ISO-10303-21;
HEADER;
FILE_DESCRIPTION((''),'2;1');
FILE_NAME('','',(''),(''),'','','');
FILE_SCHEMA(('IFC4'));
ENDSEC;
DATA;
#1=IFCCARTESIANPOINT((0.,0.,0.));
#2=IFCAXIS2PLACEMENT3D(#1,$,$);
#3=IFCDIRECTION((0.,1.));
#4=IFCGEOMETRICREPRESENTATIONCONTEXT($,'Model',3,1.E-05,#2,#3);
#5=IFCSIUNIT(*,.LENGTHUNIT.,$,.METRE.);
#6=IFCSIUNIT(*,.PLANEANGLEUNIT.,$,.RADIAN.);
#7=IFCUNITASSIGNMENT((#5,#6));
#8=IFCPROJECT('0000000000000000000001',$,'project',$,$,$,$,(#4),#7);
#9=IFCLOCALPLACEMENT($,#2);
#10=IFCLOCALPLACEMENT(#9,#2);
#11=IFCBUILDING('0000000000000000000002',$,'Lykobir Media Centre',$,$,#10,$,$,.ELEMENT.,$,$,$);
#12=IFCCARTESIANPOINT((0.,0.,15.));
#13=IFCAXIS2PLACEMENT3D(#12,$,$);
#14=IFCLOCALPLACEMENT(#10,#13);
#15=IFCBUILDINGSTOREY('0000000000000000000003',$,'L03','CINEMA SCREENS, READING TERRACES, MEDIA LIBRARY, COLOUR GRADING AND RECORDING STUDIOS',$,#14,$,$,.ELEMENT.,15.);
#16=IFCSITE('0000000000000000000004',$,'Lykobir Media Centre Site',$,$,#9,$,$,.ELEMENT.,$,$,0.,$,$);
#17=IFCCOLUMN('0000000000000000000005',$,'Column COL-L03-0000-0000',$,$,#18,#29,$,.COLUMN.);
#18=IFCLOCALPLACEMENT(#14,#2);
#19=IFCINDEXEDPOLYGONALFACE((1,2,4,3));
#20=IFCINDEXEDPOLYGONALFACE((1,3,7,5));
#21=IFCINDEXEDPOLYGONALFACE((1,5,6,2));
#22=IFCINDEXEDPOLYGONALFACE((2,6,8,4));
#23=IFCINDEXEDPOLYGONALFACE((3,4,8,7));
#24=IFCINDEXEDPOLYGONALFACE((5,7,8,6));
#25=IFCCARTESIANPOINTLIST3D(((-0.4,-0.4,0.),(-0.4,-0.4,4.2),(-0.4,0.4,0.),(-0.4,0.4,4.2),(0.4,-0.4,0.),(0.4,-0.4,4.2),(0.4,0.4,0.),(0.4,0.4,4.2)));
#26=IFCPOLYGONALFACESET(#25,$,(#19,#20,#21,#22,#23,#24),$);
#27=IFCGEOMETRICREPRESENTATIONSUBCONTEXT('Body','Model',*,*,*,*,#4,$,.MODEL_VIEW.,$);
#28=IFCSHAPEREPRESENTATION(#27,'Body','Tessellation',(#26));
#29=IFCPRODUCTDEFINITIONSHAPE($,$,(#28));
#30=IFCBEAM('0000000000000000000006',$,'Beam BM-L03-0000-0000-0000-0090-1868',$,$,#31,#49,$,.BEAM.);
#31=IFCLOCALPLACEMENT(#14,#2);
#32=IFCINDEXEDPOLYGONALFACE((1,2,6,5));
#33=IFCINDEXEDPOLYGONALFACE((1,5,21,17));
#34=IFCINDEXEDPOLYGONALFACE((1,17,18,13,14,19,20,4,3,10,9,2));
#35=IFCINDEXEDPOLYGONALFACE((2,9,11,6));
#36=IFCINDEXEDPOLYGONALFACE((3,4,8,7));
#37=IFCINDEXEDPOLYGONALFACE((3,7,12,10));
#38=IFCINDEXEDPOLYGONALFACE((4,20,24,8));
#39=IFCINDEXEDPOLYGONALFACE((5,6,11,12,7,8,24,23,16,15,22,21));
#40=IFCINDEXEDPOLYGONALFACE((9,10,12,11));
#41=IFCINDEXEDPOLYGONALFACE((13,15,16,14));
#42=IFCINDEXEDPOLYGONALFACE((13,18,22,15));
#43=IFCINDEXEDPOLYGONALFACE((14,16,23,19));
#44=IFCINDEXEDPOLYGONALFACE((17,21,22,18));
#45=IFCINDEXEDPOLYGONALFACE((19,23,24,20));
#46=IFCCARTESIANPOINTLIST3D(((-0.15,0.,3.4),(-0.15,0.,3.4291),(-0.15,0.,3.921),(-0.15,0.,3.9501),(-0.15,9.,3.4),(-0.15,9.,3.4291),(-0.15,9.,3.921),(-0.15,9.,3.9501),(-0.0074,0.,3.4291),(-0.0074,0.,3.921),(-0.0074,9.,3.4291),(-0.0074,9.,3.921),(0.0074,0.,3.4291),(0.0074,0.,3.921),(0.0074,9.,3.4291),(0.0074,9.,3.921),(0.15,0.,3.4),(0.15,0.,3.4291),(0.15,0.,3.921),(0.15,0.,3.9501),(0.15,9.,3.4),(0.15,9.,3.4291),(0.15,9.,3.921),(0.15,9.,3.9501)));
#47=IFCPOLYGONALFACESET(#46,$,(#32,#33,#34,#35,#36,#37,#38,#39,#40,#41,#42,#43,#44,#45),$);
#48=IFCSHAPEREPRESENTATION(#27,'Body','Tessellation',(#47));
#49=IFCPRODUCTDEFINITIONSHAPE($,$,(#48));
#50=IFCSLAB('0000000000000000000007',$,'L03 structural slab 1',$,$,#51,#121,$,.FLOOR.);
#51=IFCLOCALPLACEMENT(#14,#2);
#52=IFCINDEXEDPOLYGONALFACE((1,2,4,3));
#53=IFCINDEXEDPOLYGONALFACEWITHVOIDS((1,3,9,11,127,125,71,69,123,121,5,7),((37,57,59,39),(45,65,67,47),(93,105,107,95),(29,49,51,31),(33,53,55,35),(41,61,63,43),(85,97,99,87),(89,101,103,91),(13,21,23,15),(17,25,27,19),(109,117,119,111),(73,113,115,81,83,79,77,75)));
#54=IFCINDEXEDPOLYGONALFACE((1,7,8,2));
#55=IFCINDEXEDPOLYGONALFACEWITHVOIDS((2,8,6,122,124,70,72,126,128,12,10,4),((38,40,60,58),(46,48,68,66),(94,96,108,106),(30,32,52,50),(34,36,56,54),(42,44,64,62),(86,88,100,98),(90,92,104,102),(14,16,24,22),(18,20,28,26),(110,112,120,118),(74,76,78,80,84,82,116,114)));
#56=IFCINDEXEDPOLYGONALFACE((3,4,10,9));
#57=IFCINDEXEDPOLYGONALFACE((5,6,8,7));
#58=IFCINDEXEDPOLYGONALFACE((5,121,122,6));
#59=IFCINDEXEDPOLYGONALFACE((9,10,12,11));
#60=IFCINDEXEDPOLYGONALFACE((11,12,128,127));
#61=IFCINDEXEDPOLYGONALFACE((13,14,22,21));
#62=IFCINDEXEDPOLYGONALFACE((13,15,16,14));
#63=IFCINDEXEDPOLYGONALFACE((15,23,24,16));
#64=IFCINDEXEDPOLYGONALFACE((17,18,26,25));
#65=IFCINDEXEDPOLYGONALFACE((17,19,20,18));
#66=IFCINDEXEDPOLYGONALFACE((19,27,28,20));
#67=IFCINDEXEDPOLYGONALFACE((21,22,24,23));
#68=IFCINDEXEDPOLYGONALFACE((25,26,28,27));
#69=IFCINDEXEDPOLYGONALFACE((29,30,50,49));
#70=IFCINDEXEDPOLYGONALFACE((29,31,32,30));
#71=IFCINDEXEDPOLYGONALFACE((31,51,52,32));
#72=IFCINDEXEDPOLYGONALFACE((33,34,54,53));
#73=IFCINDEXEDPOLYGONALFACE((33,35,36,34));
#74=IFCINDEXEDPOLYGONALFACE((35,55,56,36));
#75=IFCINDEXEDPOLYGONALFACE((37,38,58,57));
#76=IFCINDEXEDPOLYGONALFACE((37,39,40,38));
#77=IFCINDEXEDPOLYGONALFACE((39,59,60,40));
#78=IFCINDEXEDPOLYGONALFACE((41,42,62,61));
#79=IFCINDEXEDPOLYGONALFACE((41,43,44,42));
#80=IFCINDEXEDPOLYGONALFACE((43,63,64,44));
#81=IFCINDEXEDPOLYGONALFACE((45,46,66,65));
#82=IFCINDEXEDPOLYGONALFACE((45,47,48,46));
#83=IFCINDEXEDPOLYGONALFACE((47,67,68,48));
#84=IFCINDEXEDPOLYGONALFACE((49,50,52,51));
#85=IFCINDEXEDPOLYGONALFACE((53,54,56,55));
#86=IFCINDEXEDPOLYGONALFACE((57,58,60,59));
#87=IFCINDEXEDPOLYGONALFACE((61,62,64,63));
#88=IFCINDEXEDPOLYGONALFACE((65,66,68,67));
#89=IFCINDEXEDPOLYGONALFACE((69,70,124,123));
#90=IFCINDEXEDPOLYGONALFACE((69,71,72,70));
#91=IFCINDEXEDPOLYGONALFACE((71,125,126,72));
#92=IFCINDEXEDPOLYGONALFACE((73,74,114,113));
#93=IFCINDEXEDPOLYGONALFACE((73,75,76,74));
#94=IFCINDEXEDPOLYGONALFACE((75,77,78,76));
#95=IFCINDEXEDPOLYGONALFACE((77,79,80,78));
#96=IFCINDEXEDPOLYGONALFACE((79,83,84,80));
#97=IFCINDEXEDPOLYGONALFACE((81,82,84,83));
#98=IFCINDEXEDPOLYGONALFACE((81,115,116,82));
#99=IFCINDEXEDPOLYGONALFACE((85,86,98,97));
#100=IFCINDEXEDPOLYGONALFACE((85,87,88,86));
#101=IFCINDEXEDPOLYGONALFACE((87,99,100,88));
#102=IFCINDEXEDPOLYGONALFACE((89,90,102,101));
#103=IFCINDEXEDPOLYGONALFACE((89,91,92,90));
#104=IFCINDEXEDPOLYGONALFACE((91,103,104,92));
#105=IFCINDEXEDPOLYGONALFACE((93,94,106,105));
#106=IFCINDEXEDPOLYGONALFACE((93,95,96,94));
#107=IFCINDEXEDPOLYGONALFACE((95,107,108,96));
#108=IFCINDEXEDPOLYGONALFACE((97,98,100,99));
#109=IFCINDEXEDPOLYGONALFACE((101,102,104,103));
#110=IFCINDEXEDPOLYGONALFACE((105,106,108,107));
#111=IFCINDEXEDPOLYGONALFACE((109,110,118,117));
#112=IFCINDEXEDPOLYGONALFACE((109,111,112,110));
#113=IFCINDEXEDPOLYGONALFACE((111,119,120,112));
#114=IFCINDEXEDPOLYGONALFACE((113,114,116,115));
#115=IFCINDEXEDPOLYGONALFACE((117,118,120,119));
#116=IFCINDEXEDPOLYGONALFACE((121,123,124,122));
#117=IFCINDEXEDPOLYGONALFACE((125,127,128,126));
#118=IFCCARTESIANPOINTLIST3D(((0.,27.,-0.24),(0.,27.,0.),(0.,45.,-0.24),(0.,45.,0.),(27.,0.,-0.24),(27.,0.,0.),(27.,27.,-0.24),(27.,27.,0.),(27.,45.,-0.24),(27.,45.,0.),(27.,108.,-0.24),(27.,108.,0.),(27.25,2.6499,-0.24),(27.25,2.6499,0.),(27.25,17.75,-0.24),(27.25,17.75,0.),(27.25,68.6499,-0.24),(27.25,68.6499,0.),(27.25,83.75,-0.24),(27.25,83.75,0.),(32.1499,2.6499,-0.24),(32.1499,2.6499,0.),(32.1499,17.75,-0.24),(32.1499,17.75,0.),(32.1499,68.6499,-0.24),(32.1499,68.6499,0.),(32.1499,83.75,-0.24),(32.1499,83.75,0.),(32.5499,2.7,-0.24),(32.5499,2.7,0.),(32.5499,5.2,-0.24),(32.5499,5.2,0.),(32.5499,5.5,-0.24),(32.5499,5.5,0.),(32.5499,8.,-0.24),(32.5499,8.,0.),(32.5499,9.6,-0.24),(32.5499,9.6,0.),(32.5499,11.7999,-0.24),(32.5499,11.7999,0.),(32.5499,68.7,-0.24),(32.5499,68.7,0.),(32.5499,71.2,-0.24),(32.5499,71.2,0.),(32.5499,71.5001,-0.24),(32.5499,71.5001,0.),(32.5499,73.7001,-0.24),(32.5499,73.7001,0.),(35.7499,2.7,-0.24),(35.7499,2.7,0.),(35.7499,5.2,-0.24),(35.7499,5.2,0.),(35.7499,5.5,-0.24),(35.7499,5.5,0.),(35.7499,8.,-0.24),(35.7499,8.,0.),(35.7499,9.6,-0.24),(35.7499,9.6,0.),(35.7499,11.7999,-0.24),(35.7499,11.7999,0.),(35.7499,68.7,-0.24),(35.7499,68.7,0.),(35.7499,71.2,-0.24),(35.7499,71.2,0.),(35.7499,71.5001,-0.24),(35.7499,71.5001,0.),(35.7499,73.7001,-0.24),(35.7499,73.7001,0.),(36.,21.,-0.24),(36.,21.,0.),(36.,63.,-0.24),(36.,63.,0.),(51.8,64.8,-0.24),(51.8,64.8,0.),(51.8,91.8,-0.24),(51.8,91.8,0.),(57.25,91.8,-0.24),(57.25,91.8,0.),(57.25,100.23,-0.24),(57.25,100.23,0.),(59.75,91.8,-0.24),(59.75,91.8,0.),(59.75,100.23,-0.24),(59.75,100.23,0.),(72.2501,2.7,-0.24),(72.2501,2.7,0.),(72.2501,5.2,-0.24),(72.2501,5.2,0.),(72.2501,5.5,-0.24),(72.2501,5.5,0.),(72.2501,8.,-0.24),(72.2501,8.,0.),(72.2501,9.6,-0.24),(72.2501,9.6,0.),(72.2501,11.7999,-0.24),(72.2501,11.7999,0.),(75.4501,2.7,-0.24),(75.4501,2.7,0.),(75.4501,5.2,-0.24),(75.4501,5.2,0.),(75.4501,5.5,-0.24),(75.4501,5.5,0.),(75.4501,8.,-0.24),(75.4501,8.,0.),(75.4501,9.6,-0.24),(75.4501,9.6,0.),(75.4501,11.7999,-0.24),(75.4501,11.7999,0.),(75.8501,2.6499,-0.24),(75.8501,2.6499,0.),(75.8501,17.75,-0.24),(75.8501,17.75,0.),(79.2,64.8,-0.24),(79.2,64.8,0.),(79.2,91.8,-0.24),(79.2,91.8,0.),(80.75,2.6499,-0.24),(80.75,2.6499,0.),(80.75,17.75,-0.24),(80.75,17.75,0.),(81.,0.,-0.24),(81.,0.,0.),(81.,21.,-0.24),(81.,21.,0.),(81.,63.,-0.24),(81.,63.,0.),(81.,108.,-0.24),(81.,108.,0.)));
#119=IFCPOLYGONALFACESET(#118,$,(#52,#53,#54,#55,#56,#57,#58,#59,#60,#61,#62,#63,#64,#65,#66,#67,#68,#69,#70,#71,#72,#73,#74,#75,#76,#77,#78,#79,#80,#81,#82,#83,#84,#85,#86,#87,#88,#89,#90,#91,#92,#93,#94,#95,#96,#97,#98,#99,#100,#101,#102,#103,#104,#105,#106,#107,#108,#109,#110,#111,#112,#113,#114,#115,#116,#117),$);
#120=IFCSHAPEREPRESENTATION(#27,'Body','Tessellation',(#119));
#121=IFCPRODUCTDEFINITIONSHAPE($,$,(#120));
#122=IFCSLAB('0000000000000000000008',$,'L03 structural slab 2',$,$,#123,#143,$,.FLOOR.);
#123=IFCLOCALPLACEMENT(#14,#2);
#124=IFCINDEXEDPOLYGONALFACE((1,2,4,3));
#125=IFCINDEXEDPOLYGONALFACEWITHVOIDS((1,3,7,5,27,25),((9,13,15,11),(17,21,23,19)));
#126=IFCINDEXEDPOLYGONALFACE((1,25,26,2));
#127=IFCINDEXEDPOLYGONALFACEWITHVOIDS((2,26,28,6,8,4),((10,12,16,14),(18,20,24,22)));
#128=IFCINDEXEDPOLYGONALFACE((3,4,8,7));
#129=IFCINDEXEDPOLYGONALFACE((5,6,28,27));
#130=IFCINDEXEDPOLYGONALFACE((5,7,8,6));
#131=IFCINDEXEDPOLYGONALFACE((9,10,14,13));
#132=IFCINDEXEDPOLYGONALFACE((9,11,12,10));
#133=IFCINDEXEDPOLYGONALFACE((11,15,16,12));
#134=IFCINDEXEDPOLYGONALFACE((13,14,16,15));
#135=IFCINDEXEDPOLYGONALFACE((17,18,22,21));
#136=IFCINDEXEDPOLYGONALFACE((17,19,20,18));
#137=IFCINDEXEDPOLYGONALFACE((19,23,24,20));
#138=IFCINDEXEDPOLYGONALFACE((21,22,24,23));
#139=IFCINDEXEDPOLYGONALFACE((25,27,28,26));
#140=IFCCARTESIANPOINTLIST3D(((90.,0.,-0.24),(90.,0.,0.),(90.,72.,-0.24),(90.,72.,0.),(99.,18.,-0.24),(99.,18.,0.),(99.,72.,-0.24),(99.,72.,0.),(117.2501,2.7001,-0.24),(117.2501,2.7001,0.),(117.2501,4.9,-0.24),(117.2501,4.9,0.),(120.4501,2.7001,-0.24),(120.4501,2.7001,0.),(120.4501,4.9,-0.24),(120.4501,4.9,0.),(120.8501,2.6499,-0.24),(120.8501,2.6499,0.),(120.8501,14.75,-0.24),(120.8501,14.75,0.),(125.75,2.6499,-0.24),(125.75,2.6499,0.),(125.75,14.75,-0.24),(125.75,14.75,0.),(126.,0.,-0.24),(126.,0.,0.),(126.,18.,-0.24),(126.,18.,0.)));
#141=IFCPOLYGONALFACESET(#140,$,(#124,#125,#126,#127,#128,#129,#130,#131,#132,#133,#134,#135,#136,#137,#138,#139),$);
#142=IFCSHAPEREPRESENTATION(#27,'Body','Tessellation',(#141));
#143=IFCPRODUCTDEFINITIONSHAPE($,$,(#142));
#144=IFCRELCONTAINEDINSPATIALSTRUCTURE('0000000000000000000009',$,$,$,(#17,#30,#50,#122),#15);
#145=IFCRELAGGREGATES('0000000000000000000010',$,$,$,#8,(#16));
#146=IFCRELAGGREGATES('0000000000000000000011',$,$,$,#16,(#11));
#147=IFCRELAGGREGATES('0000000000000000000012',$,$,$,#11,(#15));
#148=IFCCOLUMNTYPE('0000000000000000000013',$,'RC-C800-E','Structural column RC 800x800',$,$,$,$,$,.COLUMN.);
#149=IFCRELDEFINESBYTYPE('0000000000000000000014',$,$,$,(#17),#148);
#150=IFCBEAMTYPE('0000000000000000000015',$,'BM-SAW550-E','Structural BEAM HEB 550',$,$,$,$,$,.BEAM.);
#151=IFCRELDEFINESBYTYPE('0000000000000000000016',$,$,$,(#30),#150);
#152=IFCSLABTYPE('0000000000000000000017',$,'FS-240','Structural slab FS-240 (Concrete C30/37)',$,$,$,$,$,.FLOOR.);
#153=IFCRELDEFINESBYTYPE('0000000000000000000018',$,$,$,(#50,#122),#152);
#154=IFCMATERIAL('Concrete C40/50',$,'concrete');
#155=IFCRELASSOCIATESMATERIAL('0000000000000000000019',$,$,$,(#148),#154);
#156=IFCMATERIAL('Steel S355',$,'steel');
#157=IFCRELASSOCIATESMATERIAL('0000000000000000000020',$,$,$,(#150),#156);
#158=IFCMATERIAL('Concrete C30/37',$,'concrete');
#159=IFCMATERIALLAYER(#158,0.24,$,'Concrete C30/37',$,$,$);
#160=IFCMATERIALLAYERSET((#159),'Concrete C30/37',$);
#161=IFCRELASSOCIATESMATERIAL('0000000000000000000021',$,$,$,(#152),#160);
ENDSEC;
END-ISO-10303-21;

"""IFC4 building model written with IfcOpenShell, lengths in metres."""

from ifc_helpers import new_model, si_unit, direction, frame, origin, origin_with_axes, origin_2d, place, context, subcontext, project, spatial, polyline, rectangle, i_section, outline, extrude, material, layer, layer_set, material_profile, profile_set, type_object, element, save


model = new_model("IFC4")

# Units and contexts
model_context = context("Model", 3, precision=1e-05, world=origin(), true_north=direction((0.0, 1.0)))
body_context = subcontext(model_context, "Body", "Model", "MODEL_VIEW")
ifc_project = project(units=[si_unit("LENGTHUNIT", "METRE"), si_unit("PLANEANGLEUNIT", "RADIAN")], contexts=[model_context])

# Site, building, storey
site_placement = place(None, origin())
site = spatial("IfcSite", under=ifc_project, at=site_placement, Name="Lykobir Media Centre Site", CompositionType="ELEMENT", RefElevation=0.0)
building_placement = place(site_placement, origin())
building = spatial("IfcBuilding", under=site, at=building_placement, Name="Lykobir Media Centre", CompositionType="ELEMENT")
storey_placement = place(building_placement, frame((0.0, 0.0, 15.0)))
storey = spatial("IfcBuildingStorey", under=building, at=storey_placement, Name="L03", Description="CINEMA SCREENS, READING TERRACES, MEDIA LIBRARY, COLOUR GRADING AND RECORDING STUDIOS", CompositionType="ELEMENT", Elevation=15.0)

# Column
ifc_material_1 = material(Name="Concrete C40/50", Category="concrete")
ifc_material_profile_1 = material_profile(ifc_material_1, rectangle(XDim=0.8, YDim=0.8, at=origin_2d()), Name="RC 800x800")
ifc_profile_set_1 = profile_set([ifc_material_profile_1], Name="Concrete C40/50")
column_type = type_object("IfcColumnType", Name="RC-C800-E", Description="Structural column RC 800x800", PredefinedType="COLUMN", material=ifc_profile_set_1)
column_placement = place(storey_placement, origin_with_axes())
element("IfcColumn", 1, at=column_placement, inside=storey, type_object=column_type, Name="Column COL-L03-0000-0000", PredefinedType="COLUMN", context=body_context, shape_type="SweptSolid", body=[
    extrude(rectangle(XDim=0.8, YDim=0.8, at=origin_2d()), origin(), (0.0, 0.0, 1.0), 4.2),
])

# Beam
ifc_material_2 = material(Name="Steel S355", Category="steel")
ifc_material_profile_2 = material_profile(ifc_material_2, i_section(OverallWidth=0.3, OverallDepth=0.55, WebThickness=0.0149, FlangeThickness=0.0291, at=origin_2d()), Name="HEB 550")
ifc_profile_set_2 = profile_set([ifc_material_profile_2], Name="Steel S355")
beam_type = type_object("IfcBeamType", Name="BM-SAW550-E", Description="Structural BEAM HEB 550", PredefinedType="BEAM", material=ifc_profile_set_2)
beam_placement = place(storey_placement, frame((0.0, 0.0, 3.675), z_axis=(0.0, 1.0, 0.0), x_axis=(-1.0, 0.0, 0.0)))
element("IfcBeam", 2, at=beam_placement, inside=storey, type_object=beam_type, Name="Beam BM-L03-0000-0000-0000-0090-1868", PredefinedType="BEAM", context=body_context, shape_type="SweptSolid", body=[
    extrude(i_section(OverallWidth=0.3, OverallDepth=0.55, WebThickness=0.0149, FlangeThickness=0.0291, at=origin_2d()), origin(), (0.0, 0.0, 1.0), 9.0),
])

# Slab, openings
ifc_material_3 = material(Name="Concrete C30/37", Category="concrete")
ifc_layer_1 = layer(ifc_material_3, 0.24, Name="Concrete C30/37")
ifc_layer_set_1 = layer_set([ifc_layer_1], Name="Concrete C30/37")
slab_type_1 = type_object("IfcSlabType", Name="FS-240", Description="Structural slab FS-240 (Concrete C30/37)", PredefinedType="FLOOR", material=ifc_layer_set_1)
slab_1_placement = place(storey_placement, frame((0.0, 0.0, -0.24)))
slab_1 = element("IfcSlab", 3, at=slab_1_placement, inside=storey, type_object=slab_type_1, Name="L03 structural slab 1", PredefinedType="FLOOR", context=body_context, shape_type="SweptSolid", body=[
    extrude(outline(polyline([(81.0, 21.0), (36.0, 21.0), (36.0, 63.0), (81.0, 63.0), (81.0, 108.0), (27.0, 108.0), (27.0, 63.0), (27.0, 45.0), (0.0, 45.0), (0.0, 27.0), (27.0, 27.0), (27.0, 21.0), (27.0, 0.0), (81.0, 0.0), (81.0, 21.0)]), holes=[polyline([(32.1499, 2.6499), (27.25, 2.6499), (27.25, 17.75), (32.1499, 17.75), (32.1499, 2.6499)]), polyline([(80.75, 2.6499), (75.8501, 2.6499), (75.8501, 17.75), (80.75, 17.75), (80.75, 2.6499)]), polyline([(32.1499, 68.6499), (27.25, 68.6499), (27.25, 83.75), (32.1499, 83.75), (32.1499, 68.6499)]), polyline([(79.2, 64.8), (51.8, 64.8), (51.8, 91.8), (57.25, 91.8), (57.25, 100.23), (59.75, 100.23), (59.75, 91.8), (79.2, 91.8), (79.2, 64.8)])]), origin(), (0.0, 0.0, 1.0), 0.24),
])
opening_1_placement = place(slab_1_placement, frame((34.1499, 3.95, 0.0)))
element("IfcOpeningElement", 4, at=opening_1_placement, cuts=slab_1, PredefinedType="OPENING", context=body_context, shape_type="SweptSolid", body=[
    extrude(rectangle(XDim=3.2, YDim=2.5, at=origin_2d()), origin(), (0.0, 0.0, 1.0), 0.24),
])
opening_2_placement = place(slab_1_placement, frame((34.1499, 6.75, 0.0)))
element("IfcOpeningElement", 5, at=opening_2_placement, cuts=slab_1, PredefinedType="OPENING", context=body_context, shape_type="SweptSolid", body=[
    extrude(rectangle(XDim=3.2, YDim=2.5, at=origin_2d()), origin(), (0.0, 0.0, 1.0), 0.24),
])
opening_3_placement = place(slab_1_placement, frame((34.1499, 10.7, 0.0)))
element("IfcOpeningElement", 6, at=opening_3_placement, cuts=slab_1, PredefinedType="OPENING", context=body_context, shape_type="SweptSolid", body=[
    extrude(rectangle(XDim=3.2, YDim=2.2, at=origin_2d()), origin(), (0.0, 0.0, 1.0), 0.24),
])
opening_4_placement = place(slab_1_placement, frame((73.8501, 3.95, 0.0)))
element("IfcOpeningElement", 7, at=opening_4_placement, cuts=slab_1, PredefinedType="OPENING", context=body_context, shape_type="SweptSolid", body=[
    extrude(rectangle(XDim=3.2, YDim=2.5, at=origin_2d()), origin(), (0.0, 0.0, 1.0), 0.24),
])
opening_5_placement = place(slab_1_placement, frame((73.8501, 6.75, 0.0)))
element("IfcOpeningElement", 8, at=opening_5_placement, cuts=slab_1, PredefinedType="OPENING", context=body_context, shape_type="SweptSolid", body=[
    extrude(rectangle(XDim=3.2, YDim=2.5, at=origin_2d()), origin(), (0.0, 0.0, 1.0), 0.24),
])
opening_6_placement = place(slab_1_placement, frame((73.8501, 10.7, 0.0)))
element("IfcOpeningElement", 9, at=opening_6_placement, cuts=slab_1, PredefinedType="OPENING", context=body_context, shape_type="SweptSolid", body=[
    extrude(rectangle(XDim=3.2, YDim=2.2, at=origin_2d()), origin(), (0.0, 0.0, 1.0), 0.24),
])
opening_7_placement = place(slab_1_placement, frame((34.1499, 69.95, 0.0)))
element("IfcOpeningElement", 10, at=opening_7_placement, cuts=slab_1, PredefinedType="OPENING", context=body_context, shape_type="SweptSolid", body=[
    extrude(rectangle(XDim=3.2, YDim=2.5, at=origin_2d()), origin(), (0.0, 0.0, 1.0), 0.24),
])
opening_8_placement = place(slab_1_placement, frame((34.1499, 72.6001, 0.0)))
element("IfcOpeningElement", 11, at=opening_8_placement, cuts=slab_1, PredefinedType="OPENING", context=body_context, shape_type="SweptSolid", body=[
    extrude(rectangle(XDim=3.2, YDim=2.2, at=origin_2d()), origin(), (0.0, 0.0, 1.0), 0.24),
])

# Slab, opening
slab_2_placement = place(storey_placement, frame((0.0, 0.0, -0.24)))
slab_2 = element("IfcSlab", 12, at=slab_2_placement, inside=storey, type_object=slab_type_1, Name="L03 structural slab 2", PredefinedType="FLOOR", context=body_context, shape_type="SweptSolid", body=[
    extrude(outline(polyline([(99.0, 18.0), (99.0, 72.0), (90.0, 72.0), (90.0, 18.0), (90.0, 0.0), (126.0, 0.0), (126.0, 18.0), (99.0, 18.0)]), holes=[polyline([(125.75, 2.6499), (120.8501, 2.6499), (120.8501, 14.75), (125.75, 14.75), (125.75, 2.6499)])]), origin(), (0.0, 0.0, 1.0), 0.24),
])
opening_9_placement = place(slab_2_placement, frame((118.8501, 3.8, 0.0)))
element("IfcOpeningElement", 13, at=opening_9_placement, cuts=slab_2, PredefinedType="OPENING", context=body_context, shape_type="SweptSolid", body=[
    extrude(rectangle(XDim=3.2, YDim=2.2, at=origin_2d()), origin(), (0.0, 0.0, 1.0), 0.24),
])

save(model, "model.ifc")
